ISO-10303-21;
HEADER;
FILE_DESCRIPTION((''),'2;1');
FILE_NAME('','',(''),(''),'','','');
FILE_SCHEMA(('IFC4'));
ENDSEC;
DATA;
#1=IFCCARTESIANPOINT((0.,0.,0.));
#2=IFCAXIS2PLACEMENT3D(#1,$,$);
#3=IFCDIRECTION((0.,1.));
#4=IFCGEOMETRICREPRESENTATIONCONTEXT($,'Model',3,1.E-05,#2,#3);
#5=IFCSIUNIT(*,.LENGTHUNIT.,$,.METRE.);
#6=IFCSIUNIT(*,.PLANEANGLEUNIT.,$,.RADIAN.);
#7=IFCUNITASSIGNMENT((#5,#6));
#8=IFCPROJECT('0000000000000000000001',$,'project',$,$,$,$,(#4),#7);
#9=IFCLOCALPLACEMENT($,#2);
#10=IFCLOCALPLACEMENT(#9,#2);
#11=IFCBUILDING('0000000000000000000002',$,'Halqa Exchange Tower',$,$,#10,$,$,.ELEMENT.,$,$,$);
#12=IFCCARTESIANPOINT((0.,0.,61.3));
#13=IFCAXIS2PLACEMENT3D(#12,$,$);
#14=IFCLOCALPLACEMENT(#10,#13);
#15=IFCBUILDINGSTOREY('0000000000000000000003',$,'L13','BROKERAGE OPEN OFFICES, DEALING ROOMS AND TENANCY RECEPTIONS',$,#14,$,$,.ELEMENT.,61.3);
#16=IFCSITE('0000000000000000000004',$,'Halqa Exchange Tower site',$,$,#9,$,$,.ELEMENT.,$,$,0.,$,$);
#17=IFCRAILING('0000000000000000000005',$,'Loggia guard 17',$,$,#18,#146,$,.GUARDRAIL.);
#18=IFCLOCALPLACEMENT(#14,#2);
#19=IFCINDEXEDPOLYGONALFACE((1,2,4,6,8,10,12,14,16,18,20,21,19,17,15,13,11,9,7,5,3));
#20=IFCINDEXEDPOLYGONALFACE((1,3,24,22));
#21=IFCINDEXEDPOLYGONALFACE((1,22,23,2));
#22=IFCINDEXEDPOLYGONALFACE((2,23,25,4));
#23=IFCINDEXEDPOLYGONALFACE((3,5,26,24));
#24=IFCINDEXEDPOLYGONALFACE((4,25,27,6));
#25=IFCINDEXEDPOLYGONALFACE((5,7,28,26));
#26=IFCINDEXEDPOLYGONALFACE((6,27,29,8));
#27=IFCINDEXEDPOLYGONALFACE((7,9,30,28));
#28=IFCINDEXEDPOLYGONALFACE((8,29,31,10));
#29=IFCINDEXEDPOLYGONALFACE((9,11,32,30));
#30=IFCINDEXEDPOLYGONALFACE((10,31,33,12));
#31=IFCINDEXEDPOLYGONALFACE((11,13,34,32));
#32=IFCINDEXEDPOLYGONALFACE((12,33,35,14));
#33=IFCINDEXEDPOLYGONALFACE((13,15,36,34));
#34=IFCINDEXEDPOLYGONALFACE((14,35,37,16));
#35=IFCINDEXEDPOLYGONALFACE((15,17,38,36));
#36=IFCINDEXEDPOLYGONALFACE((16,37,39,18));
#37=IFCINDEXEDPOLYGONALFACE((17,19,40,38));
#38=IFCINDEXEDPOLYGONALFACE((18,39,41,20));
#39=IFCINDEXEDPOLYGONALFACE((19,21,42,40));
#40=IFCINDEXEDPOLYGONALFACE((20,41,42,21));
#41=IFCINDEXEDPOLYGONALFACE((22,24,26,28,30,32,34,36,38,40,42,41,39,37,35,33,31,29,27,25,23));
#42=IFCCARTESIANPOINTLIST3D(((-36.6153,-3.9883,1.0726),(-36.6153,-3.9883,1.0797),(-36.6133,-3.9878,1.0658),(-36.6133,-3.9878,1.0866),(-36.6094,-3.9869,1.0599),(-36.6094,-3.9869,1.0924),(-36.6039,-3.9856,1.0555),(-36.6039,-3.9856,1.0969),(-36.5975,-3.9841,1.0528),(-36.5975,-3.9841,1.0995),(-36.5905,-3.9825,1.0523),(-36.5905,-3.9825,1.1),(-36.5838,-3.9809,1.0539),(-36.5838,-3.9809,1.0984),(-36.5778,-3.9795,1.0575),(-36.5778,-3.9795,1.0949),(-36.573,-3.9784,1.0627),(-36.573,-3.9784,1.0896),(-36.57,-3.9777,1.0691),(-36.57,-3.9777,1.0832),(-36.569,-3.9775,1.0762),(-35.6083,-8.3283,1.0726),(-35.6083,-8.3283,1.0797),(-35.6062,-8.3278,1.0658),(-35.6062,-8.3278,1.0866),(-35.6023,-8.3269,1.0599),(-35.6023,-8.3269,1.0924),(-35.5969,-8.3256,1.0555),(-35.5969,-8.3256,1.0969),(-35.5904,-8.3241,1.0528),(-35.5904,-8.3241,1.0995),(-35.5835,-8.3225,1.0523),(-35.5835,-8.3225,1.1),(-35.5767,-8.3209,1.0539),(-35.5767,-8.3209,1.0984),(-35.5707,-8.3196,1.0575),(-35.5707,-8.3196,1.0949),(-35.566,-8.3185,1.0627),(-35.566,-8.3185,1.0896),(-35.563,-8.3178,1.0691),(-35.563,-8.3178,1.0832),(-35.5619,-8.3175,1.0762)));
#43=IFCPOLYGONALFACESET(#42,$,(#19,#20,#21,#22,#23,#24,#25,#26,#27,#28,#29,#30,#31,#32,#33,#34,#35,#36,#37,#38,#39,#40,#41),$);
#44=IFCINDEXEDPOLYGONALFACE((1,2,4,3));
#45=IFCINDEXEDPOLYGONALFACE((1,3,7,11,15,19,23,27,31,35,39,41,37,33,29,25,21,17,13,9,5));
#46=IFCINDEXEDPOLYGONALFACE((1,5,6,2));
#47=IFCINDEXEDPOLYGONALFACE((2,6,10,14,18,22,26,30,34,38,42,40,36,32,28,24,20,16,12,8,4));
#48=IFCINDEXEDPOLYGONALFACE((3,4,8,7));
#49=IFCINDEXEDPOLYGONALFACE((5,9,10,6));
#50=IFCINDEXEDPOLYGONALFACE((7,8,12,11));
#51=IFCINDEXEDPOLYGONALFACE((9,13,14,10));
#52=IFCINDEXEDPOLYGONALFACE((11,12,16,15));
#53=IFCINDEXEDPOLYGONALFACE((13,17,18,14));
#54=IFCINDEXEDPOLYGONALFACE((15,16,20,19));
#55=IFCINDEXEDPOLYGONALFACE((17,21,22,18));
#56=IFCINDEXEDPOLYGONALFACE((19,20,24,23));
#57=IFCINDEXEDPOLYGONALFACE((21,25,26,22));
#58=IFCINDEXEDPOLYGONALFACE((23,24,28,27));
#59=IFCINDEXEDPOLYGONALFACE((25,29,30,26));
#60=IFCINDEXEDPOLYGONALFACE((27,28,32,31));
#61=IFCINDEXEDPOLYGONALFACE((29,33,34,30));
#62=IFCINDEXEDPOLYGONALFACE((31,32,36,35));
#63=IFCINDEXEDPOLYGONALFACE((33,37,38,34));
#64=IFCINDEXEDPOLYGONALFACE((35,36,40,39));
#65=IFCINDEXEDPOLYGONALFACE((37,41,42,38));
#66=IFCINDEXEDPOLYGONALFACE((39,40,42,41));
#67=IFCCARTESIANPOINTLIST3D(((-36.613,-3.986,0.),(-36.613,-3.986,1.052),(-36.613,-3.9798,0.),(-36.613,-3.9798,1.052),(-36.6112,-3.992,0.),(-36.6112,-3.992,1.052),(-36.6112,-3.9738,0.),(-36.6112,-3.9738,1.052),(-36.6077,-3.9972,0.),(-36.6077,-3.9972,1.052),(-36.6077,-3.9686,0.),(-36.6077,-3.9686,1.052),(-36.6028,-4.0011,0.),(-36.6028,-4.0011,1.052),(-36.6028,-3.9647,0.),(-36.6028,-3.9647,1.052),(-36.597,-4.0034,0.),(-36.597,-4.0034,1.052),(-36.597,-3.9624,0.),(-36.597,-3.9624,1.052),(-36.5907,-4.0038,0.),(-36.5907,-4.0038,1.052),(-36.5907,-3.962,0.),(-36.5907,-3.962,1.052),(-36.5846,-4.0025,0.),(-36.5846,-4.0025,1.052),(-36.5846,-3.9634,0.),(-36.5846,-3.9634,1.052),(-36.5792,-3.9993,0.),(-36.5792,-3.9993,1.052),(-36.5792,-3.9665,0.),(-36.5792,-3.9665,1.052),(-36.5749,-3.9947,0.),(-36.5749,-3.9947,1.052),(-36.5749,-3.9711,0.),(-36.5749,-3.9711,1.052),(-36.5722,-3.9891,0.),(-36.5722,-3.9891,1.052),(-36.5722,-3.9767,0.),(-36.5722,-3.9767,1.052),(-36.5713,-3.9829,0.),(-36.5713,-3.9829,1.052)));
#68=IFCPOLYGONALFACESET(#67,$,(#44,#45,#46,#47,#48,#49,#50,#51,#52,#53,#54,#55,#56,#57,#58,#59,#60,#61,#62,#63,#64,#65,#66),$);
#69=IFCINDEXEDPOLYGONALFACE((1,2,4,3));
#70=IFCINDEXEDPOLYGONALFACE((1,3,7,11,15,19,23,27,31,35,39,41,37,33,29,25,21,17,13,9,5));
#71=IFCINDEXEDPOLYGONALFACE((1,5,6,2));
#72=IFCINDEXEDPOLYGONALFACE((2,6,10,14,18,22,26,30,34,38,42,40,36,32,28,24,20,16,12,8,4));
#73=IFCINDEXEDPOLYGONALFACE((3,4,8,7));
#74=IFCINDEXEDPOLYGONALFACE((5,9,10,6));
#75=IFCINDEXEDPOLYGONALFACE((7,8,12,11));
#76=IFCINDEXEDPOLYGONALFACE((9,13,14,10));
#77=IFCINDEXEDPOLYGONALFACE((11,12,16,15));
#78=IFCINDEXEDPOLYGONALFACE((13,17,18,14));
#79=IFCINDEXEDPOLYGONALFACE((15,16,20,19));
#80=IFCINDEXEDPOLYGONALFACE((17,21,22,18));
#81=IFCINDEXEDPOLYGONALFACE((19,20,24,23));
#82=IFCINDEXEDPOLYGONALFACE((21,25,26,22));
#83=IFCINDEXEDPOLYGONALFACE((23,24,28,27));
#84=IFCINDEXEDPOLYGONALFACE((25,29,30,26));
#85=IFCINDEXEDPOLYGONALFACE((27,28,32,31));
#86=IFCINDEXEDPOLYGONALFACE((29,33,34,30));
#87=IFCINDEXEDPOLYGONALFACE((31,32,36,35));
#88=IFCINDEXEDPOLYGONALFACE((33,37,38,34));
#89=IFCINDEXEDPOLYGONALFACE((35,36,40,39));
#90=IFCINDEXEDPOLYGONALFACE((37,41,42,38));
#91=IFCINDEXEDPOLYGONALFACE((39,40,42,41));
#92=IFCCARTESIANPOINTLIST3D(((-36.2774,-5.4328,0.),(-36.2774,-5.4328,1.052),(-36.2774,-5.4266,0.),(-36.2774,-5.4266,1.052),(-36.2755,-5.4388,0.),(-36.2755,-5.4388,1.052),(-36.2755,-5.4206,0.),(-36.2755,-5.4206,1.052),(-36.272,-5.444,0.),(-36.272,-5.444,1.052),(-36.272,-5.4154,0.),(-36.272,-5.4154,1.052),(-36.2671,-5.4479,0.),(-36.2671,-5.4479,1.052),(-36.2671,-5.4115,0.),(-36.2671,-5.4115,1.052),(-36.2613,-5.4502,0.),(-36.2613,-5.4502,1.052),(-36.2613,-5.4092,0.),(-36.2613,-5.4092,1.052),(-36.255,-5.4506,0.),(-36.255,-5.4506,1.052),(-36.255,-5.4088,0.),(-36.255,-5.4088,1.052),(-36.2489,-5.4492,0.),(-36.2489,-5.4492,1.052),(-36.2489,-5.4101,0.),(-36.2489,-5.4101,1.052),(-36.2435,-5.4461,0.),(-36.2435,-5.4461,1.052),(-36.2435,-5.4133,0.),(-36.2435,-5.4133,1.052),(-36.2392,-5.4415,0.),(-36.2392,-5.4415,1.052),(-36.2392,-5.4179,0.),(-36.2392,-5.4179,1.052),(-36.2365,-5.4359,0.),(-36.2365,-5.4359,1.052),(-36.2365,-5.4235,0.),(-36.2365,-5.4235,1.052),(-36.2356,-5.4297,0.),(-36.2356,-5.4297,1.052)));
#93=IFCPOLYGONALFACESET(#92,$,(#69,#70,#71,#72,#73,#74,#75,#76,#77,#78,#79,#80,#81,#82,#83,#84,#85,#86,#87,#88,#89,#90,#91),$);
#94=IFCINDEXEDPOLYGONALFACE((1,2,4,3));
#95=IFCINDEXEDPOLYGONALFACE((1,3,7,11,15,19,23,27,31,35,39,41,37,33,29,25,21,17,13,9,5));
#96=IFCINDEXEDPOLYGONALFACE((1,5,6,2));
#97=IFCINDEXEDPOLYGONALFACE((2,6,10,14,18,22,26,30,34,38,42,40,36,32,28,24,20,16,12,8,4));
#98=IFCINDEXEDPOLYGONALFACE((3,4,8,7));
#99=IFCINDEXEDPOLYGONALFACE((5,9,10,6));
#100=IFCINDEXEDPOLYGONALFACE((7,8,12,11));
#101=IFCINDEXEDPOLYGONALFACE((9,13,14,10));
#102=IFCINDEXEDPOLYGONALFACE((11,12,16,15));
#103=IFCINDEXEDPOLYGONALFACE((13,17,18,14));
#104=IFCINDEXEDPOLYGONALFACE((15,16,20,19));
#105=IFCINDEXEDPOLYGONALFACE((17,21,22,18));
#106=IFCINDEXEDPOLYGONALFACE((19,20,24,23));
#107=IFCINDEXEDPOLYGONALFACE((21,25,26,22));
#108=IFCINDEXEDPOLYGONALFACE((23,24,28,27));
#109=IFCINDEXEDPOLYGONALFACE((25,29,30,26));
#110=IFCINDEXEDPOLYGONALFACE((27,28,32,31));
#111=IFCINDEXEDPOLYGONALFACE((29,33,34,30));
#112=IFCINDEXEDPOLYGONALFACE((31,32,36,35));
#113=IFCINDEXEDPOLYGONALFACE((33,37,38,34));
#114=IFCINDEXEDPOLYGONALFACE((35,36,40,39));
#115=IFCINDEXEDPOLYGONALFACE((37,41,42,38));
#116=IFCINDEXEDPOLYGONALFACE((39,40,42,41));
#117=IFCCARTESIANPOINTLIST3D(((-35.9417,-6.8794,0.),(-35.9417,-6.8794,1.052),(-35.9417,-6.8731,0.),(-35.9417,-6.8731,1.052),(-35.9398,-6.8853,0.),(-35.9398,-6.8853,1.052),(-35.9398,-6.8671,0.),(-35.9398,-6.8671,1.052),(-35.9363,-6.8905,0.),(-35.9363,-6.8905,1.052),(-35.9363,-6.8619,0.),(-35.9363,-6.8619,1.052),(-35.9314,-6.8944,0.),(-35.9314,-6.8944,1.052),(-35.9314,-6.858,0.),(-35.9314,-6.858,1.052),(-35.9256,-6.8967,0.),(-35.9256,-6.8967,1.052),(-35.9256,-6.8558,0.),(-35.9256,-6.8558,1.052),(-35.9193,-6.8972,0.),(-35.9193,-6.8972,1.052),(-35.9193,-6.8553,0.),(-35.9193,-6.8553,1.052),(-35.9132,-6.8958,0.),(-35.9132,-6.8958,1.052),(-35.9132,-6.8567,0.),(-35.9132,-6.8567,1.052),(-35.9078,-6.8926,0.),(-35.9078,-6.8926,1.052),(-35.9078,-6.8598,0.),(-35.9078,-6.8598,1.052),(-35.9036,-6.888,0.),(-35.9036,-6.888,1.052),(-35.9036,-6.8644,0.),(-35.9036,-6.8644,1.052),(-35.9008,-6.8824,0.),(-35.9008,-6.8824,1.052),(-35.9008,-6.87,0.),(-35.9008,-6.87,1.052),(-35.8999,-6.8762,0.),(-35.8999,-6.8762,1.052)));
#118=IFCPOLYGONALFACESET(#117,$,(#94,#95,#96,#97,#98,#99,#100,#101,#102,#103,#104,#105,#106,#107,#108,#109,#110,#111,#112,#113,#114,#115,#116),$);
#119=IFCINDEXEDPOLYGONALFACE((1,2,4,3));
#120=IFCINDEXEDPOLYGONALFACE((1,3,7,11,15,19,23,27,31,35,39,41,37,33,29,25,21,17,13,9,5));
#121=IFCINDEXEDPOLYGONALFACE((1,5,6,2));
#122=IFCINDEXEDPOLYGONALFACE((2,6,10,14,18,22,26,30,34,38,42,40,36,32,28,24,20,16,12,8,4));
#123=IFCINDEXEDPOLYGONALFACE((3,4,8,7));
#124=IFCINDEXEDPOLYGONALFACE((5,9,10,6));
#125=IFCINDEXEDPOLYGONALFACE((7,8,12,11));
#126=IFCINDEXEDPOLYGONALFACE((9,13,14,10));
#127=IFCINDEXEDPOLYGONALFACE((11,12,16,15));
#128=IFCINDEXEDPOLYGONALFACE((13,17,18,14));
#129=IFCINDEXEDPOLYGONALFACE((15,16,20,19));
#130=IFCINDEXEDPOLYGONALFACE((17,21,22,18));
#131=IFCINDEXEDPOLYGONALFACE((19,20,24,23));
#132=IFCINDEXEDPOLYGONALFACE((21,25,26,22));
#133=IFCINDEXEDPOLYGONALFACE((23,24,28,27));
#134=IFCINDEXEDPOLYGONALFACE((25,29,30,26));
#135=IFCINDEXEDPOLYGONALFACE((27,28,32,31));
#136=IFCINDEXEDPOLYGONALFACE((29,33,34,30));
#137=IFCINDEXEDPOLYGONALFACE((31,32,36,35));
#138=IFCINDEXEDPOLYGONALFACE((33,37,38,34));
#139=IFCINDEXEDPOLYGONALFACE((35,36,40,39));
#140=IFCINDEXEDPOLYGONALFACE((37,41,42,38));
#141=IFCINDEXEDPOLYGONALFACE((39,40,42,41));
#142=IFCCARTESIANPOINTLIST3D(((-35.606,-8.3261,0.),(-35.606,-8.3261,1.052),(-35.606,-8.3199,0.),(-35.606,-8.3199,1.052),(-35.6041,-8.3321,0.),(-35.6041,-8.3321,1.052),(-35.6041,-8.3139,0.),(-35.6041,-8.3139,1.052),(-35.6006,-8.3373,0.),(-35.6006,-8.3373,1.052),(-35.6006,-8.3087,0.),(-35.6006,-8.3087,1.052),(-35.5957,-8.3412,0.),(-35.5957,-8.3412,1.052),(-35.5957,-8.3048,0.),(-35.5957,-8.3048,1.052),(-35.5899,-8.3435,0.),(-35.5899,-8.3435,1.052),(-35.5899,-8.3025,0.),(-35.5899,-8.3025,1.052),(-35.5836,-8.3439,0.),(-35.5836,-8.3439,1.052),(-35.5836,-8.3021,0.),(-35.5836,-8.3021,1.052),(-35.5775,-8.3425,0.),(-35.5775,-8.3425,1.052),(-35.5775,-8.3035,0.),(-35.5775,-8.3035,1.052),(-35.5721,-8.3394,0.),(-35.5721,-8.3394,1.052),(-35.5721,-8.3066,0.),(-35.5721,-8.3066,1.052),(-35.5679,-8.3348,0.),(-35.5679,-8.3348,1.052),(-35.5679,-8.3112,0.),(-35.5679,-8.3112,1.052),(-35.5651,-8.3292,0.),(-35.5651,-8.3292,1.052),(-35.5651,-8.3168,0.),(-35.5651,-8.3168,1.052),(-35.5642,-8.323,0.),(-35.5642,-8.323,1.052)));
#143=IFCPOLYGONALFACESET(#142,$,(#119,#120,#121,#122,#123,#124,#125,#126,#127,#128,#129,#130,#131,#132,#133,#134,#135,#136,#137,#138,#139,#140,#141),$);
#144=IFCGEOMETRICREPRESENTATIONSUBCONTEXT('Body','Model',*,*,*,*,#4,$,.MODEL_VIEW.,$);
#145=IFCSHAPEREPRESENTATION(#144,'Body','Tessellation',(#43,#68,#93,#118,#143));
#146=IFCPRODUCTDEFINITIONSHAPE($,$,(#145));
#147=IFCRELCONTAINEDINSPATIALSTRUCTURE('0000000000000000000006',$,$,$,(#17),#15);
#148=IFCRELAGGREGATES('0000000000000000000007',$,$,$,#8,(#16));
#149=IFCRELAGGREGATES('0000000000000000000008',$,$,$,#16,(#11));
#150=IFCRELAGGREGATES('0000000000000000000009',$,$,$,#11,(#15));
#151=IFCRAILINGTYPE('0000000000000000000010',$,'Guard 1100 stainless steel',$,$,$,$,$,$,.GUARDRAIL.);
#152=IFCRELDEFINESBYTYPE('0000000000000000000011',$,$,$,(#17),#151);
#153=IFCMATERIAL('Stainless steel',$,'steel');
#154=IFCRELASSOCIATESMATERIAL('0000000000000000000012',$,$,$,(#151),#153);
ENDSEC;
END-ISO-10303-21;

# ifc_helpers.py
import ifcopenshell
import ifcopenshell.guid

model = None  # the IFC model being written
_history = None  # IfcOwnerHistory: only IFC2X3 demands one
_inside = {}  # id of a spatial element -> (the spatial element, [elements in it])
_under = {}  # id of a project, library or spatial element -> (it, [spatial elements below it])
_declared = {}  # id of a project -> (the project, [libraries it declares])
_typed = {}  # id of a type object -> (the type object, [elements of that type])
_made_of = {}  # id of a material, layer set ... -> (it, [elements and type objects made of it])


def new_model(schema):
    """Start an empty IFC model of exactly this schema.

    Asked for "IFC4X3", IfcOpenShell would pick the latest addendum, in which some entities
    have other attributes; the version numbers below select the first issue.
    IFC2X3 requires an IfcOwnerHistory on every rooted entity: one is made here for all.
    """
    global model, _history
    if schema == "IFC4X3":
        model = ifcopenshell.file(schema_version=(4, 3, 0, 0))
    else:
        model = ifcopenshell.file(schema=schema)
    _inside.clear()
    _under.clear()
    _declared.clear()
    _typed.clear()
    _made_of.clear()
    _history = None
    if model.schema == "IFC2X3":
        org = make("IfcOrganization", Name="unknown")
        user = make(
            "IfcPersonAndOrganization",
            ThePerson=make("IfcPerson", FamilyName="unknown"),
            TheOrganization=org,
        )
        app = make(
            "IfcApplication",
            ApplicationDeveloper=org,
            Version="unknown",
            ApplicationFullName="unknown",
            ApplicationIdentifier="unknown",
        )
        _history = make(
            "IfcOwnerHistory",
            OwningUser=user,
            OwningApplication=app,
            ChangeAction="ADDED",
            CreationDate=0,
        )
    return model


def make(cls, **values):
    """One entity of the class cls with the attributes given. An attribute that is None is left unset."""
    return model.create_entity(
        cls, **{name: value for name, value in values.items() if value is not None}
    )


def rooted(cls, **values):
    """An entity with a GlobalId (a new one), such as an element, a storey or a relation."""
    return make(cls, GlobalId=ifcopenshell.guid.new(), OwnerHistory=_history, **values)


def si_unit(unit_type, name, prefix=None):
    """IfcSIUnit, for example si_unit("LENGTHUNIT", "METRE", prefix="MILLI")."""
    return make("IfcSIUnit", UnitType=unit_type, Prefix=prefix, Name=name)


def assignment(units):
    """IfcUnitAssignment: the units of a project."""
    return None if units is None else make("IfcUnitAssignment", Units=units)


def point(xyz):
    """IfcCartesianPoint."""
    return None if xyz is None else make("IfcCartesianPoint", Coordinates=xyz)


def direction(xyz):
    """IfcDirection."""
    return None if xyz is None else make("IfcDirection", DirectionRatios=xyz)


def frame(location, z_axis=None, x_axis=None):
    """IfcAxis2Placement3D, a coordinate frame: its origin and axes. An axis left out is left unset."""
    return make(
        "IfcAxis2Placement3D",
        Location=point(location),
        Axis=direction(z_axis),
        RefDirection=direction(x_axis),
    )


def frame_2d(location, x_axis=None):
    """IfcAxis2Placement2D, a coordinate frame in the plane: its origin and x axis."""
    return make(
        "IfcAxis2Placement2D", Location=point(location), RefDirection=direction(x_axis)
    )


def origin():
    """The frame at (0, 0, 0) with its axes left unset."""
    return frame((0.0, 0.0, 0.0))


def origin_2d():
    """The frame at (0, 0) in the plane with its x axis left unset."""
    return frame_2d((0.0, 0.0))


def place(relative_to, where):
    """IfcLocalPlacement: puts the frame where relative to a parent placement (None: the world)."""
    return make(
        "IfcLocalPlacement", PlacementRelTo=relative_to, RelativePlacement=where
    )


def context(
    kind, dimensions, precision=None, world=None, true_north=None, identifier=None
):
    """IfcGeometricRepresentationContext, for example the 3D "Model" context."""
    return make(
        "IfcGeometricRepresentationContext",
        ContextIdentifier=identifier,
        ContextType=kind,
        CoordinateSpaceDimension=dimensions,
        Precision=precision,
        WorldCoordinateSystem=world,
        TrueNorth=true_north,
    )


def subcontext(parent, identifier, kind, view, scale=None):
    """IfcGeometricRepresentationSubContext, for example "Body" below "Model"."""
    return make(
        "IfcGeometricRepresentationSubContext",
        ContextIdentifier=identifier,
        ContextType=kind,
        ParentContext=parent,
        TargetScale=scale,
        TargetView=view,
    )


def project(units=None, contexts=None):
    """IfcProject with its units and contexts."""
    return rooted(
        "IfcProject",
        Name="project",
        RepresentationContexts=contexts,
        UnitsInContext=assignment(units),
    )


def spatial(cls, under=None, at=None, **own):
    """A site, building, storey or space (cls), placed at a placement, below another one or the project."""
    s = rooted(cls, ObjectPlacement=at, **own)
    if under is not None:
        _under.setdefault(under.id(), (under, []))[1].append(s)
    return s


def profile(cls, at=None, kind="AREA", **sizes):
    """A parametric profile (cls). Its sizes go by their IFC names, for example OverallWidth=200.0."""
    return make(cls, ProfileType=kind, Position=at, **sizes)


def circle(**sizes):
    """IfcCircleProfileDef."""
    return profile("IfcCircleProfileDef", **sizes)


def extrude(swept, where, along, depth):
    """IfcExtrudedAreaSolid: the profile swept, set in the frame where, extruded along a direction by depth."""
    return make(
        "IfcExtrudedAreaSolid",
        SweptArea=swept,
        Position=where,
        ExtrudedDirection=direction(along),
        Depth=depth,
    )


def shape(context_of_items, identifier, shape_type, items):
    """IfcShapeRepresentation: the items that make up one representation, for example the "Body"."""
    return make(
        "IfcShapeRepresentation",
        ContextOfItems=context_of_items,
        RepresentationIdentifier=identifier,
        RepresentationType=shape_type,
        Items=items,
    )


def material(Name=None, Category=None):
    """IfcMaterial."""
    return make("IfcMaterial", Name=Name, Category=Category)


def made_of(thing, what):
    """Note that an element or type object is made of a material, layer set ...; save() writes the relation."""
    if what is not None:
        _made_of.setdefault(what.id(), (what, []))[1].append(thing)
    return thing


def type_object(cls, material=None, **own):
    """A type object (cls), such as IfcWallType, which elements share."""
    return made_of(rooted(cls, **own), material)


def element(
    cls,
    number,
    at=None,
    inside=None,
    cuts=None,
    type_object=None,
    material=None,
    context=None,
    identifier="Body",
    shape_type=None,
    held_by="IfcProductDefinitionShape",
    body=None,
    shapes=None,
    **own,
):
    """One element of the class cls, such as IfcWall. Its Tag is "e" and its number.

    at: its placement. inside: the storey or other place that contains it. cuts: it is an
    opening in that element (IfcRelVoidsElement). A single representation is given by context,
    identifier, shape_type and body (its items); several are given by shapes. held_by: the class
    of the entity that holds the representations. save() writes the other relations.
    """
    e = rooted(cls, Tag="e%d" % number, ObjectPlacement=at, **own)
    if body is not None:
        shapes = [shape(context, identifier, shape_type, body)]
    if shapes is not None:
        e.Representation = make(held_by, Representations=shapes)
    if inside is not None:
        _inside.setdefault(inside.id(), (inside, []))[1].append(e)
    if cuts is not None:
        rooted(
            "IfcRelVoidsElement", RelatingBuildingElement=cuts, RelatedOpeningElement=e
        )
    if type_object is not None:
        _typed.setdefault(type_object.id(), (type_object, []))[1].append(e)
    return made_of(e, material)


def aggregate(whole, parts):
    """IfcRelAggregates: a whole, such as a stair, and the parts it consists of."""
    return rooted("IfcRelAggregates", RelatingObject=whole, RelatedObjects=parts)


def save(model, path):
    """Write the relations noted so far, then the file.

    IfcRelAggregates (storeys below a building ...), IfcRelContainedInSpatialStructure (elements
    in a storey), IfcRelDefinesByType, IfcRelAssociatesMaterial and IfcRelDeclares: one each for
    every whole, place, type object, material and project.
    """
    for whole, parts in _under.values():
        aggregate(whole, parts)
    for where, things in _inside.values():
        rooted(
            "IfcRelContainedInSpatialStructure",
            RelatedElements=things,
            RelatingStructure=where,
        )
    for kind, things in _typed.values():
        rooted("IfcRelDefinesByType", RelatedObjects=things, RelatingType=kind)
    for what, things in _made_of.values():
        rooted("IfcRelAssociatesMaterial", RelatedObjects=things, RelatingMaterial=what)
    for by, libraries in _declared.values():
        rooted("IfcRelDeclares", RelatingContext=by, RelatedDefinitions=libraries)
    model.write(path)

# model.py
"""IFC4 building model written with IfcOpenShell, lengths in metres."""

from ifc_helpers import new_model, si_unit, direction, frame, origin, origin_2d, place, context, subcontext, project, spatial, circle, extrude, material, type_object, element, save


model = new_model("IFC4")

# Units and contexts
model_context = context("Model", 3, precision=1e-05, world=origin(), true_north=direction((0.0, 1.0)))
body_context = subcontext(model_context, "Body", "Model", "MODEL_VIEW")
ifc_project = project(units=[si_unit("LENGTHUNIT", "METRE"), si_unit("PLANEANGLEUNIT", "RADIAN")], contexts=[model_context])

# Site, building, storey
site_placement = place(None, origin())
site = spatial("IfcSite", under=ifc_project, at=site_placement, Name="Halqa Exchange Tower site", CompositionType="ELEMENT", RefElevation=0.0)
building_placement = place(site_placement, origin())
building = spatial("IfcBuilding", under=site, at=building_placement, Name="Halqa Exchange Tower", CompositionType="ELEMENT")
storey_placement = place(building_placement, frame((0.0, 0.0, 61.3)))
storey = spatial("IfcBuildingStorey", under=building, at=storey_placement, Name="L13", Description="BROKERAGE OPEN OFFICES, DEALING ROOMS AND TENANCY RECEPTIONS", CompositionType="ELEMENT", Elevation=61.3)

# Railing
ifc_material_1 = material(Name="Stainless steel", Category="steel")
railing_type = type_object("IfcRailingType", Name="Guard 1100 stainless steel", PredefinedType="GUARDRAIL", material=ifc_material_1)
railing_1_placement = place(storey_placement, frame((-36.5923, -3.9829, 0.0)))
element("IfcRailing", 1, at=railing_1_placement, inside=storey, type_object=railing_type, Name="Loggia guard 17", PredefinedType="GUARDRAIL", context=body_context, shape_type="SweptSolid", body=[
    extrude(circle(Radius=0.0239, at=origin_2d()), frame((0.0, 0.0, 1.0762), z_axis=(0.226036, -0.974119, 0.0), x_axis=(0.974119, 0.226036, 0.0)), (0.0, 0.0, 1.0), 4.4553),
    extrude(circle(Radius=0.021, at=origin_2d()), origin(), (0.0, 0.0, 1.0), 1.052),
    extrude(circle(Radius=0.021, at=origin_2d()), frame((0.3357, -1.4468, 0.0)), (0.0, 0.0, 1.0), 1.052),
    extrude(circle(Radius=0.021, at=origin_2d()), frame((0.6714, -2.8933, 0.0)), (0.0, 0.0, 1.0), 1.052),
    extrude(circle(Radius=0.021, at=origin_2d()), frame((1.0071, -4.3401, 0.0)), (0.0, 0.0, 1.0), 1.052),
])

save(model, "model.ifc")
